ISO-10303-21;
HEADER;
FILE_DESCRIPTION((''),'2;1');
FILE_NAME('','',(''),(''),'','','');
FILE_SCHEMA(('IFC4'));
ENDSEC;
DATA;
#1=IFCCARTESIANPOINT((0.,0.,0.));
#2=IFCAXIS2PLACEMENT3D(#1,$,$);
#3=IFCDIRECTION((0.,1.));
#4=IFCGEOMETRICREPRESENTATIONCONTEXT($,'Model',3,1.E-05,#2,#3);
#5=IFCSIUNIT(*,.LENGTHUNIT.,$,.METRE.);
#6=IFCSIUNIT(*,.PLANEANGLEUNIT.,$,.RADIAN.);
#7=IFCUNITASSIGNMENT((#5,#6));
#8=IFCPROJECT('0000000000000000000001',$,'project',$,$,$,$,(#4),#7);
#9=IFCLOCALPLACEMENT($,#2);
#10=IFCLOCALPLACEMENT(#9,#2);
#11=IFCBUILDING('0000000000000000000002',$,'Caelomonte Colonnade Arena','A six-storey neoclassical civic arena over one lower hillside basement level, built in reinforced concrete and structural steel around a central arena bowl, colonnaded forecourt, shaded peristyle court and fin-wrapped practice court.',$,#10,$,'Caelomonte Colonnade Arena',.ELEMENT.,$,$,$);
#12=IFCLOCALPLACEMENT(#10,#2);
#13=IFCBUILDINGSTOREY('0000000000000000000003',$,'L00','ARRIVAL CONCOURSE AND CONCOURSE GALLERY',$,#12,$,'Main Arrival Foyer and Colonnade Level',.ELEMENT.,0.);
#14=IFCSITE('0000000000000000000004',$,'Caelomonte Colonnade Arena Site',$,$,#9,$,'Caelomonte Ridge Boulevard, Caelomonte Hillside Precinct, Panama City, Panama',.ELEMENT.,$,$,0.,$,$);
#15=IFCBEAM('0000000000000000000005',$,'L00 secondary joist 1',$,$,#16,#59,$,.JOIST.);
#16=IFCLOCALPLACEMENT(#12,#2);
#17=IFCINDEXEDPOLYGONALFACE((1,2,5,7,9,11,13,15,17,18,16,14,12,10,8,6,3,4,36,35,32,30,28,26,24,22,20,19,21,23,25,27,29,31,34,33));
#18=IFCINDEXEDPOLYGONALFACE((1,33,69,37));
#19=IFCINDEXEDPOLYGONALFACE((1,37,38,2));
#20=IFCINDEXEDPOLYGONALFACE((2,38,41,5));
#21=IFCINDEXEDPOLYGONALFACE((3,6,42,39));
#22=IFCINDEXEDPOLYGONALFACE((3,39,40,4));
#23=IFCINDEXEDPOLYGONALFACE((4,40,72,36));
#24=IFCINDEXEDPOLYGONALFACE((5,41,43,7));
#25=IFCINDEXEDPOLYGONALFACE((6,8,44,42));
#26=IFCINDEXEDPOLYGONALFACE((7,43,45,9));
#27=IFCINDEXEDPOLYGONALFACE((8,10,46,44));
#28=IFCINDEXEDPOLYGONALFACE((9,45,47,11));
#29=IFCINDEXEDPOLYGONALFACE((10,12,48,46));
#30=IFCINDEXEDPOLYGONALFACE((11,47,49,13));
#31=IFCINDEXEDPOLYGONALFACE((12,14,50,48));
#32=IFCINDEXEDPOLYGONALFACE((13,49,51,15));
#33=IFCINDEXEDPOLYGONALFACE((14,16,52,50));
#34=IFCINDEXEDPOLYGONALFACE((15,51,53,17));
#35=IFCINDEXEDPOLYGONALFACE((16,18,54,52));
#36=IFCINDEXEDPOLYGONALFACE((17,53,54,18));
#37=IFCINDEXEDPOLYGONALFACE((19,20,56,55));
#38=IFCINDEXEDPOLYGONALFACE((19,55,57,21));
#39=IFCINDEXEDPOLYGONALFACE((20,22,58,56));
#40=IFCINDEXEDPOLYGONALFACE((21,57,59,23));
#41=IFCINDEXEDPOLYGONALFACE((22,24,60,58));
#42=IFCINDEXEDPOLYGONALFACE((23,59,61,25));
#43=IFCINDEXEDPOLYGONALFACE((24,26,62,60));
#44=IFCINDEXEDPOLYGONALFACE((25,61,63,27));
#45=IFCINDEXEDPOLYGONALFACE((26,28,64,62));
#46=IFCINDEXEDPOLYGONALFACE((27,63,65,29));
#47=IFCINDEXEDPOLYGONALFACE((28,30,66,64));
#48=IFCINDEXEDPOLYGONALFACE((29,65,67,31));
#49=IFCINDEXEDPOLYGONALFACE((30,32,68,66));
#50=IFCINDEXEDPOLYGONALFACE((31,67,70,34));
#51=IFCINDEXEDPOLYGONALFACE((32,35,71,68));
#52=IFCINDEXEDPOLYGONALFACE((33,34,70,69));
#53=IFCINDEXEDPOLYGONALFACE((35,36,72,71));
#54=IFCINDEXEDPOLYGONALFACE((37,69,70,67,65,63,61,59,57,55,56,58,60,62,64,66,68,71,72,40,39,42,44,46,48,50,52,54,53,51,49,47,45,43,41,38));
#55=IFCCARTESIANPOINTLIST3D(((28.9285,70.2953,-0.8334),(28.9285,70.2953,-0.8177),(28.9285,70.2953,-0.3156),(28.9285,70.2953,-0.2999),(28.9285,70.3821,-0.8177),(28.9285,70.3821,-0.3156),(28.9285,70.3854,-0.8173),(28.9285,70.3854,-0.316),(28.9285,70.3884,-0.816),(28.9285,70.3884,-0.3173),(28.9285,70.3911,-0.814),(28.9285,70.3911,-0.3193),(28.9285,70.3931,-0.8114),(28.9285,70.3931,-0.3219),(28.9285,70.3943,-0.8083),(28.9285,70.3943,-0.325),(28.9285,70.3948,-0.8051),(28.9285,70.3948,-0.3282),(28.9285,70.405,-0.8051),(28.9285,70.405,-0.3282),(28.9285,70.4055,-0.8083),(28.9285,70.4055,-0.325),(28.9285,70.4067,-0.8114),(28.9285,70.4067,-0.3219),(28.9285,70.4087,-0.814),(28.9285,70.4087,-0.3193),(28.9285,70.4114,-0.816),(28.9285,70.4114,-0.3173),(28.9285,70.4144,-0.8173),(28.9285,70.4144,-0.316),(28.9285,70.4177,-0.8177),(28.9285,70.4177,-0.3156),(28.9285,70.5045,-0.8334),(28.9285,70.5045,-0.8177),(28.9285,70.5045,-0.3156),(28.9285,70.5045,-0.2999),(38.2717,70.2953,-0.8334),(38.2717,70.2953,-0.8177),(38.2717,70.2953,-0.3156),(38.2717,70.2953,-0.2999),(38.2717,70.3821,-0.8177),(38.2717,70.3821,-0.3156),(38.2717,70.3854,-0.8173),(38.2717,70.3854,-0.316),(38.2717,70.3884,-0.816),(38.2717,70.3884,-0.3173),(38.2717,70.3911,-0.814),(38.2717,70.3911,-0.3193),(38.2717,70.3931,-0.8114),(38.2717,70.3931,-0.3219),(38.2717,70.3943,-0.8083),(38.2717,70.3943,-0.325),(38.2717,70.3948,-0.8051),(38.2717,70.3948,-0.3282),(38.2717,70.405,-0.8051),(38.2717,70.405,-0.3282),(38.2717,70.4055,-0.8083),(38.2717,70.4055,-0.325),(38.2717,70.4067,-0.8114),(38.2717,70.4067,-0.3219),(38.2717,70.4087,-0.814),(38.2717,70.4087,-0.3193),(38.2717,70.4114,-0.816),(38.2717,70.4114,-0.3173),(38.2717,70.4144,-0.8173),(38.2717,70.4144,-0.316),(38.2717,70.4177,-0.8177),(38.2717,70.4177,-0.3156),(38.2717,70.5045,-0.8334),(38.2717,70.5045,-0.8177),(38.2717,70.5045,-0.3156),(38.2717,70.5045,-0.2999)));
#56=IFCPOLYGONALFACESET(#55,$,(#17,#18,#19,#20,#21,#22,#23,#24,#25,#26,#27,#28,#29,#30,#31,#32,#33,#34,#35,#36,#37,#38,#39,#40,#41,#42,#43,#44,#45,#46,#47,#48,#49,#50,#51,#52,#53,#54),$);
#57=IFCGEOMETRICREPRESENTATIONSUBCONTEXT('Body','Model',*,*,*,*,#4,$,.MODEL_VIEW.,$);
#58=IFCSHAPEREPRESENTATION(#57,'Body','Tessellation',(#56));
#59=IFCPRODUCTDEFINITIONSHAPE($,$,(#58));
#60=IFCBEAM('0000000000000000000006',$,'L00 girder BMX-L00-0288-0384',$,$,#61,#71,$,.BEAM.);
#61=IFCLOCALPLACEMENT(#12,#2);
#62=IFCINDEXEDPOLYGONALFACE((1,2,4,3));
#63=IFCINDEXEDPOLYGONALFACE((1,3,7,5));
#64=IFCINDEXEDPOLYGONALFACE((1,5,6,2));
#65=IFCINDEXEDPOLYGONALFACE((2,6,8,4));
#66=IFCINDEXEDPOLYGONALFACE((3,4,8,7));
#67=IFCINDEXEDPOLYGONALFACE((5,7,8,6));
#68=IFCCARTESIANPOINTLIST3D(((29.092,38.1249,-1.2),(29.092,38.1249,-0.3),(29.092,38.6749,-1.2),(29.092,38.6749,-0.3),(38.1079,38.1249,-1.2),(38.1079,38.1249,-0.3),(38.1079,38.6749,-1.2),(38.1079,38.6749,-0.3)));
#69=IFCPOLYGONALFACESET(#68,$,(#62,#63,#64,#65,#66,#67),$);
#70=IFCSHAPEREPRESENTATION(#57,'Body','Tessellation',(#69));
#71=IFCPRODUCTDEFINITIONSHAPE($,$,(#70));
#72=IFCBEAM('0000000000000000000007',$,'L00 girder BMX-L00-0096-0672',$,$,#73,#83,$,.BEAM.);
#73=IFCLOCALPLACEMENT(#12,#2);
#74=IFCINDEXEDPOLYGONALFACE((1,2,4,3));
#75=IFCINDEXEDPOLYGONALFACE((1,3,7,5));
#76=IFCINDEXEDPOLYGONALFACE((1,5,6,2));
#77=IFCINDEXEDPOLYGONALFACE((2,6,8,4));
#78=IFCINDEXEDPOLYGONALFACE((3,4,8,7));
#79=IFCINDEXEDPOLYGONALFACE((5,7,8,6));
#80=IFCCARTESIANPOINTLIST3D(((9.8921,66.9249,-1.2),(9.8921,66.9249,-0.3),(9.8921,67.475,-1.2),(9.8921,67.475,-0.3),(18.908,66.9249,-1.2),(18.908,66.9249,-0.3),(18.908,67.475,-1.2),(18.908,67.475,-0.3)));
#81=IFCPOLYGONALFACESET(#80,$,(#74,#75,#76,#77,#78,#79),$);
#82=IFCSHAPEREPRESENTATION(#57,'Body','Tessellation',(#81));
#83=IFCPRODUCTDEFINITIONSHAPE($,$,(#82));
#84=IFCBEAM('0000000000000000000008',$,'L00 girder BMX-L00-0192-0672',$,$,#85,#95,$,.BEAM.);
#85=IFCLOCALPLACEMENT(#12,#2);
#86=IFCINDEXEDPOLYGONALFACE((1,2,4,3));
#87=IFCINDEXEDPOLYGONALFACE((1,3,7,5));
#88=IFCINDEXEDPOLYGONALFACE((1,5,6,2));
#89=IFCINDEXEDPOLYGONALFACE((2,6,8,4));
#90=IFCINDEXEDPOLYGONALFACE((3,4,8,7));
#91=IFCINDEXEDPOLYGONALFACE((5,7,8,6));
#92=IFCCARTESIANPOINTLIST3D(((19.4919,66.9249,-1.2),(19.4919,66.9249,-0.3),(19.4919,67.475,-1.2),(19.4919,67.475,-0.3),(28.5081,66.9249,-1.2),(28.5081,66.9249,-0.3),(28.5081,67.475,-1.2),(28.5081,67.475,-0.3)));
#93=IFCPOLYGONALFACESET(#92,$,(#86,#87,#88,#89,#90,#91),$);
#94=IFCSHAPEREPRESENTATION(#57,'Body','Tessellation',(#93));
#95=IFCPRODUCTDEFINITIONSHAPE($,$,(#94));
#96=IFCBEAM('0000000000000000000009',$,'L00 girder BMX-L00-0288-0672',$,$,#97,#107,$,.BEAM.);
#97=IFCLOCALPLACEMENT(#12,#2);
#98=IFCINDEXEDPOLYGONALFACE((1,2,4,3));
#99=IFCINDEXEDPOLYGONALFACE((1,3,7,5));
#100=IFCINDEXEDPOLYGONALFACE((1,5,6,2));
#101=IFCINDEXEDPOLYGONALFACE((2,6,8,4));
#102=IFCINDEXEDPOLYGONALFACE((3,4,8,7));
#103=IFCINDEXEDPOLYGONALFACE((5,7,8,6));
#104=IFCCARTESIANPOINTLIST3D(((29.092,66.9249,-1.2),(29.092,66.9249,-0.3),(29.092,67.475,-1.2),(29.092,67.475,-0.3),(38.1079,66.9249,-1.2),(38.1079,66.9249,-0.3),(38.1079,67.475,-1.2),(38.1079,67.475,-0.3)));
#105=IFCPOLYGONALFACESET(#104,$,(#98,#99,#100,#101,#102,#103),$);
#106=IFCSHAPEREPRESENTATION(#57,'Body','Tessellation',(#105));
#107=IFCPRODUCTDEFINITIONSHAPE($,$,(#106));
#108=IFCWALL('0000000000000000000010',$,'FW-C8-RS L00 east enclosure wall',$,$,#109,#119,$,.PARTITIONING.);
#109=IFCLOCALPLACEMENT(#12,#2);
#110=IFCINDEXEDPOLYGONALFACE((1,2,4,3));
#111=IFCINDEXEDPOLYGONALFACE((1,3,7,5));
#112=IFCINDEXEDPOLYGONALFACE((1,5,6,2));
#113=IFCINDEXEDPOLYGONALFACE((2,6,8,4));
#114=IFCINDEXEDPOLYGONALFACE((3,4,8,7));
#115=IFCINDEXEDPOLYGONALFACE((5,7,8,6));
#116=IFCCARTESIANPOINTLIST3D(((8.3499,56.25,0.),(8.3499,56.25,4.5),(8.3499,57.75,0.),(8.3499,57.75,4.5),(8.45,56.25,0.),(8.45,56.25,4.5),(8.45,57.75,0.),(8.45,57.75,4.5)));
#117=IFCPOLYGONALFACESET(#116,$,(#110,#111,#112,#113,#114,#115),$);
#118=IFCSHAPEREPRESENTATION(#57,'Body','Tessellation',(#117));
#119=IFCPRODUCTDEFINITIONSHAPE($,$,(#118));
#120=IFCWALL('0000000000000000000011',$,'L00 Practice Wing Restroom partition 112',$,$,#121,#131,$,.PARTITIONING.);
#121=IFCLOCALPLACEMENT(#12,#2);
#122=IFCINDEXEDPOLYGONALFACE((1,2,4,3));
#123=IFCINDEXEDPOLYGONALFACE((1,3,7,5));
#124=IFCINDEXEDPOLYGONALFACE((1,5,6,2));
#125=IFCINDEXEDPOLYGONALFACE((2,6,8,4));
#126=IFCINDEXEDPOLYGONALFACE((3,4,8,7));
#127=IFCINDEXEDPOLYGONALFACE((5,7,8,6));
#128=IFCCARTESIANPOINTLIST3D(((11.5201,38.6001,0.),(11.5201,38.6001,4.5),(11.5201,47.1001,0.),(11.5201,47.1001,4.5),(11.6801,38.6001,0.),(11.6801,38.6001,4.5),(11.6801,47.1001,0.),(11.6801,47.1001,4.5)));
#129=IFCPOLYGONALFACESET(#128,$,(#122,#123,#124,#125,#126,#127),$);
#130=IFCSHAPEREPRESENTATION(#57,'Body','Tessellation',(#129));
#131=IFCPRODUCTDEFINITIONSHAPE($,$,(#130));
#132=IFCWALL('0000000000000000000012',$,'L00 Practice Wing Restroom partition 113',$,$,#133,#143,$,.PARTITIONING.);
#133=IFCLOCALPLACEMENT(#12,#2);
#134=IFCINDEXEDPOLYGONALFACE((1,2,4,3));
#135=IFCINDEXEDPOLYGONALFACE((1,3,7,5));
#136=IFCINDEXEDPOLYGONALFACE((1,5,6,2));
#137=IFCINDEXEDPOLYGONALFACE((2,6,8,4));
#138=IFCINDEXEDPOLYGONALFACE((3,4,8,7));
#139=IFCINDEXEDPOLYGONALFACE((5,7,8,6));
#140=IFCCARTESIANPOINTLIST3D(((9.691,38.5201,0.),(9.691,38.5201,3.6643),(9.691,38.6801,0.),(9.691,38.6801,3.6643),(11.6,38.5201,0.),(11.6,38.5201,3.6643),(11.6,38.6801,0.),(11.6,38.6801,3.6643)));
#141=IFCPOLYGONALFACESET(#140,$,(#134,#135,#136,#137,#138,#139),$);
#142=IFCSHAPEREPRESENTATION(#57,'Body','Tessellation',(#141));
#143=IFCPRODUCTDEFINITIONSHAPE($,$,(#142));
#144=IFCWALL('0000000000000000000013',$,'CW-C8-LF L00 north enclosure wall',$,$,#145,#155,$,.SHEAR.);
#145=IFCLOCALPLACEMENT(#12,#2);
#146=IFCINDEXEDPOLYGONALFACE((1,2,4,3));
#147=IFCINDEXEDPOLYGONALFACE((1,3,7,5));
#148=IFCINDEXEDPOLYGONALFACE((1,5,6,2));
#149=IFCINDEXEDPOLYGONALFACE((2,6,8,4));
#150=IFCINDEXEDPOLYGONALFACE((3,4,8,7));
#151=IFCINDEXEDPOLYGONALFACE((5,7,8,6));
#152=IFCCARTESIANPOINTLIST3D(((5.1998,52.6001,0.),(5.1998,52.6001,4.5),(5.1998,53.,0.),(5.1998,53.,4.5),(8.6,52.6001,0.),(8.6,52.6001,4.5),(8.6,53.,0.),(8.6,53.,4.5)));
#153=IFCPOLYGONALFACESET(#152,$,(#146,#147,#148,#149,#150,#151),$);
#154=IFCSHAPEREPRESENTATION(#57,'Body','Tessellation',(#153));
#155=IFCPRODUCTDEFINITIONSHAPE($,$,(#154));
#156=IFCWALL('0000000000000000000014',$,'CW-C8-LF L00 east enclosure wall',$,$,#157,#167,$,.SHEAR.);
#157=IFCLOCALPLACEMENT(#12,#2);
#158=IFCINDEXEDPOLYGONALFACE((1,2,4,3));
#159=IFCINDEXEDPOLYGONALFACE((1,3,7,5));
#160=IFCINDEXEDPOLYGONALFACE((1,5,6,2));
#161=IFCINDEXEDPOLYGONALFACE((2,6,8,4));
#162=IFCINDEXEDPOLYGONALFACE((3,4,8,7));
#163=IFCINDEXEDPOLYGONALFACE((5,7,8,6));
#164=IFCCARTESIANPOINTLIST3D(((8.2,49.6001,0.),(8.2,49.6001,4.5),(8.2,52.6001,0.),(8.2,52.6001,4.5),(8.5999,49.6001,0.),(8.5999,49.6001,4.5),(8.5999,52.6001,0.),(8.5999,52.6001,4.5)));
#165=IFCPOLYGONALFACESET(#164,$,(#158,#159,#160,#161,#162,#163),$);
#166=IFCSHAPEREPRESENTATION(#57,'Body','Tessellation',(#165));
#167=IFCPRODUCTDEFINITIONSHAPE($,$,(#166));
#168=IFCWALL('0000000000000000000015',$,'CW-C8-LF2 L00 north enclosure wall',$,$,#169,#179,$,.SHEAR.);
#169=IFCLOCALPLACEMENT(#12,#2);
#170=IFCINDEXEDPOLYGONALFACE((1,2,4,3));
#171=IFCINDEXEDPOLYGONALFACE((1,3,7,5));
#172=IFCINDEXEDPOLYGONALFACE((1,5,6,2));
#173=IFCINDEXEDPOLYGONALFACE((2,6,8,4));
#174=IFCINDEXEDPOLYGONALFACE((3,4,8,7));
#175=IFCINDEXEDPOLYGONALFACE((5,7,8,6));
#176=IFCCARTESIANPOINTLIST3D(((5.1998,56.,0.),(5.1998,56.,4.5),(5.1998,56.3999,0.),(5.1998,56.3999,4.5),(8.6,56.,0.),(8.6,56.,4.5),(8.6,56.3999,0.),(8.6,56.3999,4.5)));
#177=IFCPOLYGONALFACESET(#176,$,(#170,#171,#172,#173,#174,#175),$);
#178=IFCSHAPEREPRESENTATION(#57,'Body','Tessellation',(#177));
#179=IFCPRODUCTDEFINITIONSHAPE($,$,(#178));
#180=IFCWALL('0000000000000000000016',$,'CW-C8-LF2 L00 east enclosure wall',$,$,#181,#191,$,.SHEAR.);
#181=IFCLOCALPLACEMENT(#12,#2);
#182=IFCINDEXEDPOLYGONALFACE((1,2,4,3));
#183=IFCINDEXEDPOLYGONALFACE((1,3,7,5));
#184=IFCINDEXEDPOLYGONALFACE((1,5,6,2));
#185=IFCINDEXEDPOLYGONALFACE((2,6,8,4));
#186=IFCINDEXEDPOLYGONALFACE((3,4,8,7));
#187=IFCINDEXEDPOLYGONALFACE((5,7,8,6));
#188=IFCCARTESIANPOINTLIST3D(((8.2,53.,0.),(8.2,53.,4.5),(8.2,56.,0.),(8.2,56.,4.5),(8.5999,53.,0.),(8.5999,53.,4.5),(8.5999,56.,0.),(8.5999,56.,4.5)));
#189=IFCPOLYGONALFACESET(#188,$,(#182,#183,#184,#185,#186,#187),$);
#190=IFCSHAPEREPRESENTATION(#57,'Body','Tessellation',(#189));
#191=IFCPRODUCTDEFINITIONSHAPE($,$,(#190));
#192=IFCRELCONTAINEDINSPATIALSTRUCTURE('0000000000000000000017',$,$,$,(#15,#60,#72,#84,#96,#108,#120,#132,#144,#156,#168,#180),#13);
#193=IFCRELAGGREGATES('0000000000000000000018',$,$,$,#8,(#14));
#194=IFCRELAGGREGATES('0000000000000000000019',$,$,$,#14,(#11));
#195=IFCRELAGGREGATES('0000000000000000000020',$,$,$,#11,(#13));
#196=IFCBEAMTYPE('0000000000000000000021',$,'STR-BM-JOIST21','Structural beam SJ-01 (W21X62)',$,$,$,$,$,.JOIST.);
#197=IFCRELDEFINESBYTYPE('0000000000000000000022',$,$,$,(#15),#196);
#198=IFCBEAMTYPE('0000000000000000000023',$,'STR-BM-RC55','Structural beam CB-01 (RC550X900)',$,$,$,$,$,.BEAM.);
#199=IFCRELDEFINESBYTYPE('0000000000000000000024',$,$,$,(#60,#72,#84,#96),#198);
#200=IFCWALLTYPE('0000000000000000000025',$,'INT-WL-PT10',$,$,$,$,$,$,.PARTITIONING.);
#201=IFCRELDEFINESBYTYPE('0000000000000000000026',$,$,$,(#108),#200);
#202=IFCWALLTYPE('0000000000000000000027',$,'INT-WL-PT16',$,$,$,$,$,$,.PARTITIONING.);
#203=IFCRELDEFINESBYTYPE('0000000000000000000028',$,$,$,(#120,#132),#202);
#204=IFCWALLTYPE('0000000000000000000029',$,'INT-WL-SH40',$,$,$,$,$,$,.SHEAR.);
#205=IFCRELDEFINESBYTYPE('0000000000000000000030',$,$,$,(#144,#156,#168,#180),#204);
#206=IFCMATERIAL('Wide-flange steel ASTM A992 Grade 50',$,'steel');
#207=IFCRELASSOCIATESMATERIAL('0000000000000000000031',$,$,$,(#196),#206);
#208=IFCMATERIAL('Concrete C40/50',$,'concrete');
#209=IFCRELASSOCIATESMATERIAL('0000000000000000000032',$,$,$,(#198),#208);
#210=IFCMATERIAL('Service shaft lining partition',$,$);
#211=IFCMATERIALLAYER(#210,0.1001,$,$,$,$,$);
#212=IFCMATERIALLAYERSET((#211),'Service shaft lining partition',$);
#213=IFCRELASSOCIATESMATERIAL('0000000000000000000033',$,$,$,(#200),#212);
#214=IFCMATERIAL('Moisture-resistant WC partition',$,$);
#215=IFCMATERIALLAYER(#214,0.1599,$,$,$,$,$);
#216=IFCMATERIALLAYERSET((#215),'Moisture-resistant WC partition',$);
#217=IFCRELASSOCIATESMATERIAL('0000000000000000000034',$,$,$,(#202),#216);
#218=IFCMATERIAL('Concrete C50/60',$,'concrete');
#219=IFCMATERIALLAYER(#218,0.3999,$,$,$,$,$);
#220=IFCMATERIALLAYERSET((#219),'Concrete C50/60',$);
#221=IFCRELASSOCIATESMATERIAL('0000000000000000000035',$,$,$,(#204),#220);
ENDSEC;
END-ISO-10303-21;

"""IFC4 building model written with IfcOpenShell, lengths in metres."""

from ifc_helpers import new_model, si_unit, direction, frame, frame_2d, origin, origin_2d, place, context, subcontext, project, spatial, rectangle, i_section, extrude, material, layer, layer_set, material_profile, profile_set, type_object, element, save


model = new_model("IFC4")

# Units and contexts
model_context = context("Model", 3, precision=1e-05, world=origin(), true_north=direction((0.0, 1.0)))
body_context = subcontext(model_context, "Body", "Model", "MODEL_VIEW")
ifc_project = project(units=[si_unit("LENGTHUNIT", "METRE"), si_unit("PLANEANGLEUNIT", "RADIAN")], contexts=[model_context])

# Site, building, storey
site_placement = place(None, origin())
site = spatial("IfcSite", under=ifc_project, at=site_placement, Name="Caelomonte Colonnade Arena Site", LongName="Caelomonte Ridge Boulevard, Caelomonte Hillside Precinct, Panama City, Panama", CompositionType="ELEMENT", RefElevation=0.0)
building_placement = place(site_placement, origin())
building = spatial("IfcBuilding", under=site, at=building_placement, Name="Caelomonte Colonnade Arena", Description="A six-storey neoclassical civic arena over one lower hillside basement level, built in reinforced concrete and structural steel around a central arena bowl, colonnaded forecourt, shaded peristyle court and fin-wrapped practice court.", LongName="Caelomonte Colonnade Arena", CompositionType="ELEMENT")
storey_placement = place(building_placement, origin())
storey = spatial("IfcBuildingStorey", under=building, at=storey_placement, Name="L00", Description="ARRIVAL CONCOURSE AND CONCOURSE GALLERY", LongName="Main Arrival Foyer and Colonnade Level", CompositionType="ELEMENT", Elevation=0.0)

# Shared definitions
ifc_material_1 = material(Name="Wide-flange steel ASTM A992 Grade 50", Category="steel")

# Beams
ifc_material_profile_1 = material_profile(ifc_material_1, i_section(OverallWidth=0.2092, OverallDepth=0.5334, WebThickness=0.0103, FlangeThickness=0.0156, FilletRadius=0.0127, at=origin_2d()), Name="W21X62")
ifc_profile_set_1 = profile_set([ifc_material_profile_1], Name="Wide-flange steel ASTM A992 Grade 50")
beam_type_1 = type_object("IfcBeamType", Name="STR-BM-JOIST21", Description="Structural beam SJ-01 (W21X62)", PredefinedType="JOIST", material=ifc_profile_set_1)
for number, where, z_axis, x_axis, name in (
    (1, (28.9285, 70.3999, -0.5667), (1.0, 0.0, 0.0), (0.0, 1.0, 0.0), "L00 secondary joist 1"),
):
    element("IfcBeam", number, at=place(storey_placement, frame(where, z_axis=z_axis, x_axis=x_axis)), inside=storey, type_object=beam_type_1, Name=name, PredefinedType="JOIST", context=body_context, shape_type="SweptSolid", body=[
        extrude(i_section(OverallWidth=0.2092, OverallDepth=0.5334, WebThickness=0.0103, FlangeThickness=0.0156, FilletRadius=0.0127, at=origin_2d()), origin(), (0.0, 0.0, 1.0), 9.3433),
    ])
ifc_material_2 = material(Name="Concrete C40/50", Category="concrete")
ifc_material_profile_2 = material_profile(ifc_material_2, rectangle(XDim=0.55, YDim=0.8999, at=origin_2d()), Name="RC550X900")
ifc_profile_set_2 = profile_set([ifc_material_profile_2], Name="Concrete C40/50")
beam_type_2 = type_object("IfcBeamType", Name="STR-BM-RC55", Description="Structural beam CB-01 (RC550X900)", PredefinedType="BEAM", material=ifc_profile_set_2)
for number, where, z_axis, x_axis, name in (
    (2, (29.092, 38.3999, -0.75), (1.0, 0.0, 0.0), (0.0, 1.0, 0.0), "L00 girder BMX-L00-0288-0384"),
    (3, (9.8921, 67.2, -0.75), (1.0, 0.0, 0.0), (0.0, 1.0, 0.0), "L00 girder BMX-L00-0096-0672"),
):
    element("IfcBeam", number, at=place(storey_placement, frame(where, z_axis=z_axis, x_axis=x_axis)), inside=storey, type_object=beam_type_2, Name=name, PredefinedType="BEAM", context=body_context, shape_type="SweptSolid", body=[
        extrude(rectangle(XDim=0.55, YDim=0.8999, at=origin_2d()), origin(), (0.0, 0.0, 1.0), 9.0159),
    ])
beam_1_placement = place(storey_placement, frame((19.4919, 67.2, -0.75), z_axis=(1.0, 0.0, 0.0), x_axis=(0.0, 1.0, 0.0)))
element("IfcBeam", 4, at=beam_1_placement, inside=storey, type_object=beam_type_2, Name="L00 girder BMX-L00-0192-0672", PredefinedType="BEAM", context=body_context, shape_type="SweptSolid", body=[
    extrude(rectangle(XDim=0.55, YDim=0.8999, at=origin_2d()), origin(), (0.0, 0.0, 1.0), 9.0161),
])
beam_2_placement = place(storey_placement, frame((29.092, 67.2, -0.75), z_axis=(1.0, 0.0, 0.0), x_axis=(0.0, 1.0, 0.0)))
element("IfcBeam", 5, at=beam_2_placement, inside=storey, type_object=beam_type_2, Name="L00 girder BMX-L00-0288-0672", PredefinedType="BEAM", context=body_context, shape_type="SweptSolid", body=[
    extrude(rectangle(XDim=0.55, YDim=0.8999, at=origin_2d()), origin(), (0.0, 0.0, 1.0), 9.0159),
])

# Walls
ifc_material_3 = material(Name="Service shaft lining partition")
ifc_layer_1 = layer(ifc_material_3, 0.1001)
ifc_layer_set_1 = layer_set([ifc_layer_1], Name="Service shaft lining partition")
wall_type_1 = type_object("IfcWallType", Name="INT-WL-PT10", PredefinedType="PARTITIONING", material=ifc_layer_set_1)
wall_1_placement = place(storey_placement, frame((8.3999, 56.25, 0.0), z_axis=(0.0, 0.0, 1.0), x_axis=(0.0, 1.0, 0.0)))
element("IfcWall", 6, at=wall_1_placement, inside=storey, type_object=wall_type_1, Name="FW-C8-RS L00 east enclosure wall", PredefinedType="PARTITIONING", context=body_context, shape_type="SweptSolid", body=[
    extrude(rectangle(XDim=1.5, YDim=0.1001, at=frame_2d((0.75, 0.0))), origin(), (0.0, 0.0, 1.0), 4.5),
])
ifc_material_4 = material(Name="Moisture-resistant WC partition")
ifc_layer_2 = layer(ifc_material_4, 0.1599)
ifc_layer_set_2 = layer_set([ifc_layer_2], Name="Moisture-resistant WC partition")
wall_type_2 = type_object("IfcWallType", Name="INT-WL-PT16", PredefinedType="PARTITIONING", material=ifc_layer_set_2)
wall_2_placement = place(storey_placement, frame((11.6001, 47.1001, 0.0), z_axis=(0.0, 0.0, 1.0), x_axis=(0.0, -1.0, 0.0)))
element("IfcWall", 7, at=wall_2_placement, inside=storey, type_object=wall_type_2, Name="L00 Practice Wing Restroom partition 112", PredefinedType="PARTITIONING", context=body_context, shape_type="SweptSolid", body=[
    extrude(rectangle(XDim=8.5, YDim=0.1599, at=frame_2d((4.25, 0.0))), origin(), (0.0, 0.0, 1.0), 4.5),
])
wall_3_placement = place(storey_placement, frame((11.6001, 38.6001, 0.0), z_axis=(0.0, 0.0, 1.0), x_axis=(-1.0, 0.0, 0.0)))
element("IfcWall", 8, at=wall_3_placement, inside=storey, type_object=wall_type_2, Name="L00 Practice Wing Restroom partition 113", PredefinedType="PARTITIONING", context=body_context, shape_type="SweptSolid", body=[
    extrude(rectangle(XDim=1.9089, YDim=0.1599, at=frame_2d((0.9546, 0.0))), origin(), (0.0, 0.0, 1.0), 3.6643),
])
ifc_material_5 = material(Name="Concrete C50/60", Category="concrete")
ifc_layer_3 = layer(ifc_material_5, 0.3999)
ifc_layer_set_3 = layer_set([ifc_layer_3], Name="Concrete C50/60")
wall_type_3 = type_object("IfcWallType", Name="INT-WL-SH40", PredefinedType="SHEAR", material=ifc_layer_set_3)
wall_4_placement = place(storey_placement, frame((8.6001, 52.8, 0.0), z_axis=(0.0, 0.0, 1.0), x_axis=(-1.0, 0.0, 0.0)))
element("IfcWall", 9, at=wall_4_placement, inside=storey, type_object=wall_type_3, Name="CW-C8-LF L00 north enclosure wall", PredefinedType="SHEAR", context=body_context, shape_type="SweptSolid", body=[
    extrude(rectangle(XDim=3.4001, YDim=0.3999, at=frame_2d((1.7002, 0.0))), origin(), (0.0, 0.0, 1.0), 4.5),
])
wall_5_placement = place(storey_placement, frame((8.3999, 49.6001, 0.0), z_axis=(0.0, 0.0, 1.0), x_axis=(0.0, 1.0, 0.0)))
element("IfcWall", 10, at=wall_5_placement, inside=storey, type_object=wall_type_3, Name="CW-C8-LF L00 east enclosure wall", PredefinedType="SHEAR", context=body_context, shape_type="SweptSolid", body=[
    extrude(rectangle(XDim=3.0, YDim=0.3999, at=frame_2d((1.5, 0.0))), origin(), (0.0, 0.0, 1.0), 4.5),
])
wall_6_placement = place(storey_placement, frame((8.6001, 56.2, 0.0), z_axis=(0.0, 0.0, 1.0), x_axis=(-1.0, 0.0, 0.0)))
element("IfcWall", 11, at=wall_6_placement, inside=storey, type_object=wall_type_3, Name="CW-C8-LF2 L00 north enclosure wall", PredefinedType="SHEAR", context=body_context, shape_type="SweptSolid", body=[
    extrude(rectangle(XDim=3.4001, YDim=0.3999, at=frame_2d((1.7002, 0.0))), origin(), (0.0, 0.0, 1.0), 4.5),
])
wall_7_placement = place(storey_placement, frame((8.3999, 53.0, 0.0), z_axis=(0.0, 0.0, 1.0), x_axis=(0.0, 1.0, 0.0)))
element("IfcWall", 12, at=wall_7_placement, inside=storey, type_object=wall_type_3, Name="CW-C8-LF2 L00 east enclosure wall", PredefinedType="SHEAR", context=body_context, shape_type="SweptSolid", body=[
    extrude(rectangle(XDim=3.0, YDim=0.3999, at=frame_2d((1.5, 0.0))), origin(), (0.0, 0.0, 1.0), 4.5),
])

save(model, "model.ifc")
